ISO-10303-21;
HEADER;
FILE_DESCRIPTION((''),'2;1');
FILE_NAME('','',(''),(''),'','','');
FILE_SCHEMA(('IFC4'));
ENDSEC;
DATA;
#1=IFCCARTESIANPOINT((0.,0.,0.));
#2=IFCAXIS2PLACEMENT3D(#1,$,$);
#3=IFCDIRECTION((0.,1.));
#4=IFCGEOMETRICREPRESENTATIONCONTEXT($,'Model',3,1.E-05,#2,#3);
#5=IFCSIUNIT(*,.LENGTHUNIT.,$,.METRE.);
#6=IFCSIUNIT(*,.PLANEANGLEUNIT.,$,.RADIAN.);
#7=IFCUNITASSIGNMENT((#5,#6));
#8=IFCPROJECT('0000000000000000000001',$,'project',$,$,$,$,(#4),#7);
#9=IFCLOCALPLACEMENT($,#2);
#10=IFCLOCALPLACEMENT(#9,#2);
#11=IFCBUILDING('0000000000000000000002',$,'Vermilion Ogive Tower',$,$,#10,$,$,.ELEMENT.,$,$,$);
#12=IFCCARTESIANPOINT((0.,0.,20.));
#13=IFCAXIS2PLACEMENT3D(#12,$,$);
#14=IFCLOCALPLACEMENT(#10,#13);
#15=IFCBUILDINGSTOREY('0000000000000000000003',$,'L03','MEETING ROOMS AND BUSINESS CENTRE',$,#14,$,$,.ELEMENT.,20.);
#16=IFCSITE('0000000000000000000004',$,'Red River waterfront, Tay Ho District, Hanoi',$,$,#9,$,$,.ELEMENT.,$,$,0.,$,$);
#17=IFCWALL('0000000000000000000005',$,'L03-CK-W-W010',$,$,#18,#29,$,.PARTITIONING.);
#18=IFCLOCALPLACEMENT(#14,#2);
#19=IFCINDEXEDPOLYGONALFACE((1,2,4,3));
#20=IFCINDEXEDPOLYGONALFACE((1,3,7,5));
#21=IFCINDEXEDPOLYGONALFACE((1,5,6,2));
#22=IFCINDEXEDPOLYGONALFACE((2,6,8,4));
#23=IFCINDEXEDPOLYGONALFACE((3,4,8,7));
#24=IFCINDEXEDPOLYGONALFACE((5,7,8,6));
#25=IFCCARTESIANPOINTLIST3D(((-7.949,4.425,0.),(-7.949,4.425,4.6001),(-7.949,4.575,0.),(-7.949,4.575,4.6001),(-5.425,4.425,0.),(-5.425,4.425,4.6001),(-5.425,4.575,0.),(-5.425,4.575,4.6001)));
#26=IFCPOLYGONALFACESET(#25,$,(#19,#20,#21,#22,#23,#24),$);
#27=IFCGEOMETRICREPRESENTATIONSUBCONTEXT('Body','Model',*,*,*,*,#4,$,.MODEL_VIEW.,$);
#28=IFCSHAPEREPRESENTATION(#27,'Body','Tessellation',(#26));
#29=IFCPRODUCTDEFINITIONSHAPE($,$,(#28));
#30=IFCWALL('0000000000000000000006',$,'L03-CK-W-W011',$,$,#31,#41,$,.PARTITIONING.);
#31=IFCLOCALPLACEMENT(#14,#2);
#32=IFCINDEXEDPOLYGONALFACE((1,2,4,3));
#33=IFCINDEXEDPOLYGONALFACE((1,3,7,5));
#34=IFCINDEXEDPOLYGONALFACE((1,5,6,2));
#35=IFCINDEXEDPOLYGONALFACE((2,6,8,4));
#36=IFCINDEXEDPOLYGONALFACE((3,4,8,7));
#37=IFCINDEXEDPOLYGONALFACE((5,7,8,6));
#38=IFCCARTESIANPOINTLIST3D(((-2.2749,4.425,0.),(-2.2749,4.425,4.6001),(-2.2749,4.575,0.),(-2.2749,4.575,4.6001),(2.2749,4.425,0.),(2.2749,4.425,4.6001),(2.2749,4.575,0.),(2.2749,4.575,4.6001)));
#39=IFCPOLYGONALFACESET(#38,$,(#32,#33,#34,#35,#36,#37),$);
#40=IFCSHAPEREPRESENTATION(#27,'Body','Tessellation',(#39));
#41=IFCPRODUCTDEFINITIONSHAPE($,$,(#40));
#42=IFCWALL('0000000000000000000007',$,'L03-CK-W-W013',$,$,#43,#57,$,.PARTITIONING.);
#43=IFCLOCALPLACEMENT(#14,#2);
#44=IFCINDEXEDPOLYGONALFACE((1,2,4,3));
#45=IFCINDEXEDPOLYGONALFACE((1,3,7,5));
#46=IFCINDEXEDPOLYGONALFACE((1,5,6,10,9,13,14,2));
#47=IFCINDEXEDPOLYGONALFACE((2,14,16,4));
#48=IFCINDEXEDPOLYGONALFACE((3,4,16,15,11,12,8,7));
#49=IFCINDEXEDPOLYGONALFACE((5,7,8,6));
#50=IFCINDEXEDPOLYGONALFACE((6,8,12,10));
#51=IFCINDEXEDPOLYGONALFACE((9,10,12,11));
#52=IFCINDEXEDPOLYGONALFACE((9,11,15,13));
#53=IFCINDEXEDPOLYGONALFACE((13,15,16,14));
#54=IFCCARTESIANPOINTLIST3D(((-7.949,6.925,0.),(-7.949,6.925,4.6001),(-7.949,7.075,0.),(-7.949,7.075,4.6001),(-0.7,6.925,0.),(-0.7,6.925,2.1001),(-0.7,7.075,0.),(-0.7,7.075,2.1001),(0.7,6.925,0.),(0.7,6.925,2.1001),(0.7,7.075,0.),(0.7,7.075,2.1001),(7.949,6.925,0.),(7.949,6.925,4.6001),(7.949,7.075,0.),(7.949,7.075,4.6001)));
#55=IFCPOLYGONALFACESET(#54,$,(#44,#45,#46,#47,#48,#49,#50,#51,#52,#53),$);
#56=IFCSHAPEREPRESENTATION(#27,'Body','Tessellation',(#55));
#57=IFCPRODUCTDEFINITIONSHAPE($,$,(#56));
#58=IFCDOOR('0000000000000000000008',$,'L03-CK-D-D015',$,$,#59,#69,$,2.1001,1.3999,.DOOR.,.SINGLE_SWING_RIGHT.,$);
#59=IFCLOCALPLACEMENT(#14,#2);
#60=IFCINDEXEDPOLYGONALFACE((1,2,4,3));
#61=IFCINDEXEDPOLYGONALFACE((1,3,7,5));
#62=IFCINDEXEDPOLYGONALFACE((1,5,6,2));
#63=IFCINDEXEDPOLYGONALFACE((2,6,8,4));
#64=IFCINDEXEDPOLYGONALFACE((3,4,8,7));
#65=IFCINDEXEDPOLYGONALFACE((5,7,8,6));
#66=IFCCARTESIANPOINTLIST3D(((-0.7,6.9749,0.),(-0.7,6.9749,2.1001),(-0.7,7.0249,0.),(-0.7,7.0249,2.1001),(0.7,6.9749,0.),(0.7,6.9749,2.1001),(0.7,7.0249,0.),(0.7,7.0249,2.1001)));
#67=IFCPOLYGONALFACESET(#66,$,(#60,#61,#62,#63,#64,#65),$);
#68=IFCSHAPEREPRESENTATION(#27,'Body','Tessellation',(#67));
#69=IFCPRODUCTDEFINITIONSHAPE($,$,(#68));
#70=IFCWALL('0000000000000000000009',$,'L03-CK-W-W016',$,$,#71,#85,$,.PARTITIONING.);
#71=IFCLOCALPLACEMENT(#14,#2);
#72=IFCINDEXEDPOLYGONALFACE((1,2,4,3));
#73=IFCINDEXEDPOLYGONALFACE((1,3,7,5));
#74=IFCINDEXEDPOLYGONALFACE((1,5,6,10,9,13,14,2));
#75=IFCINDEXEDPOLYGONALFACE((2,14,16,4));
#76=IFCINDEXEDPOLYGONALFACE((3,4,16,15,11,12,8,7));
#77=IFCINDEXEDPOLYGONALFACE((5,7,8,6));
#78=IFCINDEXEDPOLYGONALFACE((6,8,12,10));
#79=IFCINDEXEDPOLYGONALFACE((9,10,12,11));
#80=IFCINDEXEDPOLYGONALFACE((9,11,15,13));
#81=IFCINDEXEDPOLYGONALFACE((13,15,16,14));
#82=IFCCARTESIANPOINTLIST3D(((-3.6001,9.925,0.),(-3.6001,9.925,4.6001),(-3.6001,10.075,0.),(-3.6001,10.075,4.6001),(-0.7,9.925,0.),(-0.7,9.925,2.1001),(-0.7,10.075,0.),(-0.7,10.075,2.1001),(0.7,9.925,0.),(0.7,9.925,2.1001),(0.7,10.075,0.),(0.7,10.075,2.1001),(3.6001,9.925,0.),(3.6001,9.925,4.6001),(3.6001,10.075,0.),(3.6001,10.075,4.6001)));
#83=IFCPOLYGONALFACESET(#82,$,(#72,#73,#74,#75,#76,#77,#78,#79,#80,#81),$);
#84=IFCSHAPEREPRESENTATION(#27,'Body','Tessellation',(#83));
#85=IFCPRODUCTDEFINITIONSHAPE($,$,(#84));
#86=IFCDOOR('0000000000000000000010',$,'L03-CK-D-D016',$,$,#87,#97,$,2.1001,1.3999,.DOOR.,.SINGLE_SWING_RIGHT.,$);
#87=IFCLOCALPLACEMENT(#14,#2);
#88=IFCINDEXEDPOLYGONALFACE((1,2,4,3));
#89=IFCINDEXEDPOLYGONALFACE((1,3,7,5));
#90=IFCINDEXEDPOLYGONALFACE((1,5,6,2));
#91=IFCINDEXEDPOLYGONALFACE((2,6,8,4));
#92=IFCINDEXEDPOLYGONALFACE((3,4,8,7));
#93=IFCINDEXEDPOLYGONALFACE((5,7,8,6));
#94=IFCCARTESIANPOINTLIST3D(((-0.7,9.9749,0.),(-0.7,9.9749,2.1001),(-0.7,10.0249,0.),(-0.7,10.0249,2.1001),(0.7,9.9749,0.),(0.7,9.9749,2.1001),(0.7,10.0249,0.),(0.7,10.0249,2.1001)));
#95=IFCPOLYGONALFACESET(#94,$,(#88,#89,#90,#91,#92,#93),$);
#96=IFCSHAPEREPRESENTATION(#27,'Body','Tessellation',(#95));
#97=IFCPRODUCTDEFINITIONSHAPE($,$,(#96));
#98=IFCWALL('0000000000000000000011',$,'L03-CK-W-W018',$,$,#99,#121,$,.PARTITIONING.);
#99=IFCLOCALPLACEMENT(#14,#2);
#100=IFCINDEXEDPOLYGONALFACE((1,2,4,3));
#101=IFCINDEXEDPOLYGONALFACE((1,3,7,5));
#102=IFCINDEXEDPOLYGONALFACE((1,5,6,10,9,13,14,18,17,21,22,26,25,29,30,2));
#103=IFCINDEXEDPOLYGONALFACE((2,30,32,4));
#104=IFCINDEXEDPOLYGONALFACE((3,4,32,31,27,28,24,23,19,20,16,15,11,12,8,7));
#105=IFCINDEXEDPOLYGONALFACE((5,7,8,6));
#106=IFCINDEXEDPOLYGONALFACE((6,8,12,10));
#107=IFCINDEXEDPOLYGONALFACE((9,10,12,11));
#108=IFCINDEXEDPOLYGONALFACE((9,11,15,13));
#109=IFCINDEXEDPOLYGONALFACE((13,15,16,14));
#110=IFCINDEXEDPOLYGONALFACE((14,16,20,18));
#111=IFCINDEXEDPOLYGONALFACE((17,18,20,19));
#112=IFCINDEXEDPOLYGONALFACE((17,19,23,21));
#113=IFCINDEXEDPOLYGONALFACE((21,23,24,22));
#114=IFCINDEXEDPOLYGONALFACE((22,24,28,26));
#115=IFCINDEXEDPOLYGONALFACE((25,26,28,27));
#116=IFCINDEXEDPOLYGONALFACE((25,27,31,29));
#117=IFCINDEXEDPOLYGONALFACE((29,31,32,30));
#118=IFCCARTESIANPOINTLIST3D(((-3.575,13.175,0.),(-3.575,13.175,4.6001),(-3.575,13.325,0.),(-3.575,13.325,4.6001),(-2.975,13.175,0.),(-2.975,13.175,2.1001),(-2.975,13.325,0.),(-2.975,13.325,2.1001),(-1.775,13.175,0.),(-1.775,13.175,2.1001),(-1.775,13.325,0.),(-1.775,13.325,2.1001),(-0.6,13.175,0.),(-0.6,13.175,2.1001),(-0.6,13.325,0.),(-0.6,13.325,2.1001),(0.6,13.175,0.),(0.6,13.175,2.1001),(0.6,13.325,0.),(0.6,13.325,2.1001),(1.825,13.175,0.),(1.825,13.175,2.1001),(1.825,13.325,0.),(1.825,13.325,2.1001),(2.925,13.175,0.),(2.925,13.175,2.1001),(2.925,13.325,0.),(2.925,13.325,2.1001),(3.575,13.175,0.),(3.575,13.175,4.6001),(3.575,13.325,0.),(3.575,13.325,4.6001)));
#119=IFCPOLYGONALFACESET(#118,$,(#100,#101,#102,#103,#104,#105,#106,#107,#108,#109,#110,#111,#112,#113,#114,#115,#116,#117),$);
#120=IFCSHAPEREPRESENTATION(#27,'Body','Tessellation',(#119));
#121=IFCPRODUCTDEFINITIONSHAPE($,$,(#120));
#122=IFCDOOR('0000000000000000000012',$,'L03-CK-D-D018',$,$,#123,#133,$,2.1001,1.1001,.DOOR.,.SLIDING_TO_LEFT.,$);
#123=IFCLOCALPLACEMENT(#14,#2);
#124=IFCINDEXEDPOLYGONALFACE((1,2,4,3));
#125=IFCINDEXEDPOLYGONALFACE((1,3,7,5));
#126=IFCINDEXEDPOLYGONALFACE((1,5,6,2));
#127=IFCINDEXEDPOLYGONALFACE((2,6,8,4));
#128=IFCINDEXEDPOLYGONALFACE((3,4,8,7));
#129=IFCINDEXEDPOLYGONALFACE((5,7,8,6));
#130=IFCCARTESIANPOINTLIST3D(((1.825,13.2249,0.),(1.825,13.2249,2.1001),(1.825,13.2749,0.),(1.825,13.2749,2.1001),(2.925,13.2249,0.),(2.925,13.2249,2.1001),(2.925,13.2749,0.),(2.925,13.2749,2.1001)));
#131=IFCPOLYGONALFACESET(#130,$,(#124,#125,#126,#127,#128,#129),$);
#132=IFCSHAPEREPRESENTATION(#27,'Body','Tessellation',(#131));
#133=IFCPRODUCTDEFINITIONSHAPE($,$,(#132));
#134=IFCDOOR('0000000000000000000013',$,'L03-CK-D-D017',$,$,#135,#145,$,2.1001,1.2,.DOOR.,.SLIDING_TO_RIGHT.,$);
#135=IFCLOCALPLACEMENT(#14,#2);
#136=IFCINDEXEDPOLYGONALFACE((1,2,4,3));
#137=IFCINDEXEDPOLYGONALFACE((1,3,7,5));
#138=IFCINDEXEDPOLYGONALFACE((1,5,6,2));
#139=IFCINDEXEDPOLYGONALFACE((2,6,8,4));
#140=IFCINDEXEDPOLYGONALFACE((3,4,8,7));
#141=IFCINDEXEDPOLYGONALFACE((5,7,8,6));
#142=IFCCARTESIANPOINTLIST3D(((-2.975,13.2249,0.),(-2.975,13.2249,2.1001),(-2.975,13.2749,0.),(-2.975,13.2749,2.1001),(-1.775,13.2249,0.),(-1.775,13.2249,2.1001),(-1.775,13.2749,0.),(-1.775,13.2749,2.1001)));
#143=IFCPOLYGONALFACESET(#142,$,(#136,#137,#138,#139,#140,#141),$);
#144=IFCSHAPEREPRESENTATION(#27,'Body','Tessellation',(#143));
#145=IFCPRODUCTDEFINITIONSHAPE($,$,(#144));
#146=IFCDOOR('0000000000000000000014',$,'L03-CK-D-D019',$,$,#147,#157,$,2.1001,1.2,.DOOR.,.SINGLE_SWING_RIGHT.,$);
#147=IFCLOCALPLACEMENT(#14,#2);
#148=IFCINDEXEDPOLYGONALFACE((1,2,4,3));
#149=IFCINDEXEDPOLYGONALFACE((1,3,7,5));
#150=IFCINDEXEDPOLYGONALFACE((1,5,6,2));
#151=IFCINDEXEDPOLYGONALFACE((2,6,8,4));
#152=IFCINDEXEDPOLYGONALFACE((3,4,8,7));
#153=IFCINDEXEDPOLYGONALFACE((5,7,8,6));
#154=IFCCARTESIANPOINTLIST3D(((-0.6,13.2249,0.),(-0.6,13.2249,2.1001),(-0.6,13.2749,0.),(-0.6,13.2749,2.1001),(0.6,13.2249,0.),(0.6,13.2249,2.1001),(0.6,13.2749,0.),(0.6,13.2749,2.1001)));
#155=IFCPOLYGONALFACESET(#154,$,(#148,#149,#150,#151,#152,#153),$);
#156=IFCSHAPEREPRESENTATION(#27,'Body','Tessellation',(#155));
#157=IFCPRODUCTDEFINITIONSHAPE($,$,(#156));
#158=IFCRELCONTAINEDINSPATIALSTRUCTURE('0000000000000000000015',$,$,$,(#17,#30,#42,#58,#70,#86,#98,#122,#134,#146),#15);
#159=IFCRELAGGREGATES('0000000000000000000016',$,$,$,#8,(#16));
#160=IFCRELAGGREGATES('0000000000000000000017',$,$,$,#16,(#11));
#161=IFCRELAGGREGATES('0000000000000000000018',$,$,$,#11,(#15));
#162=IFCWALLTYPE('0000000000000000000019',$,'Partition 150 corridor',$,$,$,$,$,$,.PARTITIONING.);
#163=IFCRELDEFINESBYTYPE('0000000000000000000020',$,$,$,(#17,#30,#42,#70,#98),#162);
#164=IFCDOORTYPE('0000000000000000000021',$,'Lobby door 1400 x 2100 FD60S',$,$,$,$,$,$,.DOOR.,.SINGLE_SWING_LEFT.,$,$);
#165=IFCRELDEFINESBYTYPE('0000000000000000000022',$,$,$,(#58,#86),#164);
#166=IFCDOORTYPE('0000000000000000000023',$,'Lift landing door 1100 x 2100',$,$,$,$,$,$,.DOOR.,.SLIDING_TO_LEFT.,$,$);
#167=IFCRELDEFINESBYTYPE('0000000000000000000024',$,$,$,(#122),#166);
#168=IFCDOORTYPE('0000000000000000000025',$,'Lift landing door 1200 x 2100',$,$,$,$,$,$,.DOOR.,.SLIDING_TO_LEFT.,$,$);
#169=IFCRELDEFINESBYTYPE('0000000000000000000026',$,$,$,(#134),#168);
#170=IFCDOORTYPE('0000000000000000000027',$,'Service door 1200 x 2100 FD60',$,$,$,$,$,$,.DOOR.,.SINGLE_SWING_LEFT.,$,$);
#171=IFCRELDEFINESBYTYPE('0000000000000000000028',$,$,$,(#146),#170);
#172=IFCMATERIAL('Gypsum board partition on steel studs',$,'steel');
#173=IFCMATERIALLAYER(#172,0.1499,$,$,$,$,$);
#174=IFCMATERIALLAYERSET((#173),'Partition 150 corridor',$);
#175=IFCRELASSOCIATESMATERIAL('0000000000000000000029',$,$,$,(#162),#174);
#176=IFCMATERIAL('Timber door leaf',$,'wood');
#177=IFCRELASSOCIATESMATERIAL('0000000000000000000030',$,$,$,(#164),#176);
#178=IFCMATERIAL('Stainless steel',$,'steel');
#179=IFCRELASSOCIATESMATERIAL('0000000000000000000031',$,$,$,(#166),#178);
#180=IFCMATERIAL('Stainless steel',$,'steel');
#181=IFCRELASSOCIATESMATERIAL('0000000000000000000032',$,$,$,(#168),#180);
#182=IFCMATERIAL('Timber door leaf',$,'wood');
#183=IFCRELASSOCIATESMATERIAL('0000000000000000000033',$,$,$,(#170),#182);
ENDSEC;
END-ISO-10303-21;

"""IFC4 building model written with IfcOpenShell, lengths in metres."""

from ifc_helpers import new_model, si_unit, direction, frame, frame_2d, origin, place, context, subcontext, project, spatial, rectangle, extrude, material, layer, layer_set, type_object, element, fill, save


model = new_model("IFC4")

# Units and contexts
model_context = context("Model", 3, precision=1e-05, world=origin(), true_north=direction((0.0, 1.0)))
body_context = subcontext(model_context, "Body", "Model", "MODEL_VIEW")
ifc_project = project(units=[si_unit("LENGTHUNIT", "METRE"), si_unit("PLANEANGLEUNIT", "RADIAN")], contexts=[model_context])

# Site, building, storey
site_placement = place(None, origin())
site = spatial("IfcSite", under=ifc_project, at=site_placement, Name="Red River waterfront, Tay Ho District, Hanoi", CompositionType="ELEMENT", RefElevation=0.0)
building_placement = place(site_placement, origin())
building = spatial("IfcBuilding", under=site, at=building_placement, Name="Vermilion Ogive Tower", CompositionType="ELEMENT")
storey_placement = place(building_placement, frame((0.0, 0.0, 20.0)))
storey = spatial("IfcBuildingStorey", under=building, at=storey_placement, Name="L03", Description="MEETING ROOMS AND BUSINESS CENTRE", CompositionType="ELEMENT", Elevation=20.0)

# Walls
ifc_material_1 = material(Name="Gypsum board partition on steel studs", Category="steel")
ifc_layer_1 = layer(ifc_material_1, 0.1499)
ifc_layer_set_1 = layer_set([ifc_layer_1], Name="Partition 150 corridor")
wall_type_1 = type_object("IfcWallType", Name="Partition 150 corridor", PredefinedType="PARTITIONING", material=ifc_layer_set_1)
wall_1_placement = place(storey_placement, frame((-7.949, 4.5, 0.0), z_axis=(0.0, 0.0, 1.0), x_axis=(1.0, 0.0, 0.0)))
element("IfcWall", 1, at=wall_1_placement, inside=storey, type_object=wall_type_1, Name="L03-CK-W-W010", PredefinedType="PARTITIONING", context=body_context, shape_type="SweptSolid", body=[
    extrude(rectangle(XDim=2.5239, YDim=0.1499, at=frame_2d((1.262, 0.0))), origin(), (0.0, 0.0, 1.0), 4.6001),
])
wall_2_placement = place(storey_placement, frame((-2.2749, 4.5, 0.0), z_axis=(0.0, 0.0, 1.0), x_axis=(1.0, 0.0, 0.0)))
element("IfcWall", 2, at=wall_2_placement, inside=storey, type_object=wall_type_1, Name="L03-CK-W-W011", PredefinedType="PARTITIONING", context=body_context, shape_type="SweptSolid", body=[
    extrude(rectangle(XDim=4.5498, YDim=0.1499, at=frame_2d((2.2749, 0.0))), origin(), (0.0, 0.0, 1.0), 4.6001),
])

# Walls, openings, doors
wall_3_placement = place(storey_placement, frame((-7.949, 7.0, 0.0), z_axis=(0.0, 0.0, 1.0), x_axis=(1.0, 0.0, 0.0)))
wall_3 = element("IfcWall", 3, at=wall_3_placement, inside=storey, type_object=wall_type_1, Name="L03-CK-W-W013", PredefinedType="PARTITIONING", context=body_context, shape_type="SweptSolid", body=[
    extrude(rectangle(XDim=15.8979, YDim=0.1499, at=frame_2d((7.949, 0.0))), origin(), (0.0, 0.0, 1.0), 4.6001),
])
opening_1_placement = place(wall_3_placement, frame((7.249, 0.0, 0.0)))
opening_1 = element("IfcOpeningElement", 4, at=opening_1_placement, cuts=wall_3, PredefinedType="OPENING", context=body_context, shape_type="SweptSolid", body=[
    extrude(rectangle(XDim=1.3999, YDim=2.1001, at=frame_2d((0.7, 1.05))), frame((0.0, 0.085, 0.0), z_axis=(0.0, -1.0, 0.0), x_axis=(1.0, 0.0, 0.0)), (0.0, 0.0, 1.0), 0.1699),
])
ifc_material_2 = material(Name="Timber door leaf", Category="wood")
door_type_1 = type_object("IfcDoorType", Name="Lobby door 1400 x 2100 FD60S", OperationType="SINGLE_SWING_LEFT", PredefinedType="DOOR", material=ifc_material_2)
door_1_placement = place(opening_1_placement, origin())
door_1 = element("IfcDoor", 5, at=door_1_placement, inside=storey, type_object=door_type_1, Name="L03-CK-D-D015", OperationType="SINGLE_SWING_RIGHT", OverallHeight=2.1001, OverallWidth=1.3999, PredefinedType="DOOR", context=body_context, shape_type="SweptSolid", body=[
    extrude(rectangle(XDim=1.3999, YDim=2.1001, at=frame_2d((0.7, 1.05))), frame((0.0, 0.0249, 0.0), z_axis=(0.0, -1.0, 0.0), x_axis=(1.0, 0.0, 0.0)), (0.0, 0.0, 1.0), 0.05),
])
fill(opening_1, door_1)
wall_4_placement = place(storey_placement, frame((-3.6001, 10.0, 0.0), z_axis=(0.0, 0.0, 1.0), x_axis=(1.0, 0.0, 0.0)))
wall_4 = element("IfcWall", 6, at=wall_4_placement, inside=storey, type_object=wall_type_1, Name="L03-CK-W-W016", PredefinedType="PARTITIONING", context=body_context, shape_type="SweptSolid", body=[
    extrude(rectangle(XDim=7.2002, YDim=0.1499, at=frame_2d((3.6001, 0.0))), origin(), (0.0, 0.0, 1.0), 4.6001),
])
opening_2_placement = place(wall_4_placement, frame((2.9001, 0.0, 0.0)))
opening_2 = element("IfcOpeningElement", 7, at=opening_2_placement, cuts=wall_4, PredefinedType="OPENING", context=body_context, shape_type="SweptSolid", body=[
    extrude(rectangle(XDim=1.3999, YDim=2.1001, at=frame_2d((0.7, 1.05))), frame((0.0, 0.085, 0.0), z_axis=(0.0, -1.0, 0.0), x_axis=(1.0, 0.0, 0.0)), (0.0, 0.0, 1.0), 0.1699),
])
door_2_placement = place(opening_2_placement, origin())
door_2 = element("IfcDoor", 8, at=door_2_placement, inside=storey, type_object=door_type_1, Name="L03-CK-D-D016", OperationType="SINGLE_SWING_RIGHT", OverallHeight=2.1001, OverallWidth=1.3999, PredefinedType="DOOR", context=body_context, shape_type="SweptSolid", body=[
    extrude(rectangle(XDim=1.3999, YDim=2.1001, at=frame_2d((0.7, 1.05))), frame((0.0, 0.0249, 0.0), z_axis=(0.0, -1.0, 0.0), x_axis=(1.0, 0.0, 0.0)), (0.0, 0.0, 1.0), 0.05),
])
fill(opening_2, door_2)

# Wall, openings, doors
wall_5_placement = place(storey_placement, frame((-3.575, 13.25, 0.0), z_axis=(0.0, 0.0, 1.0), x_axis=(1.0, 0.0, 0.0)))
wall_5 = element("IfcWall", 9, at=wall_5_placement, inside=storey, type_object=wall_type_1, Name="L03-CK-W-W018", PredefinedType="PARTITIONING", context=body_context, shape_type="SweptSolid", body=[
    extrude(rectangle(XDim=7.1499, YDim=0.1499, at=frame_2d((3.575, 0.0))), origin(), (0.0, 0.0, 1.0), 4.6001),
])
opening_3_placement = place(wall_5_placement, frame((0.5999, 0.0, 0.0)))
opening_3 = element("IfcOpeningElement", 10, at=opening_3_placement, cuts=wall_5, PredefinedType="OPENING", context=body_context, shape_type="SweptSolid", body=[
    extrude(rectangle(XDim=1.2, YDim=2.1001, at=frame_2d((0.6001, 1.05))), frame((0.0, 0.085, 0.0), z_axis=(0.0, -1.0, 0.0), x_axis=(1.0, 0.0, 0.0)), (0.0, 0.0, 1.0), 0.1699),
])
opening_4_placement = place(wall_5_placement, frame((5.3999, 0.0, 0.0)))
opening_4 = element("IfcOpeningElement", 11, at=opening_4_placement, cuts=wall_5, PredefinedType="OPENING", context=body_context, shape_type="SweptSolid", body=[
    extrude(rectangle(XDim=1.1001, YDim=2.1001, at=frame_2d((0.55, 1.05))), frame((0.0, 0.085, 0.0), z_axis=(0.0, -1.0, 0.0), x_axis=(1.0, 0.0, 0.0)), (0.0, 0.0, 1.0), 0.1699),
])
opening_5_placement = place(wall_5_placement, frame((2.9749, 0.0, 0.0)))
opening_5 = element("IfcOpeningElement", 12, at=opening_5_placement, cuts=wall_5, PredefinedType="OPENING", context=body_context, shape_type="SweptSolid", body=[
    extrude(rectangle(XDim=1.2, YDim=2.1001, at=frame_2d((0.6001, 1.05))), frame((0.0, 0.085, 0.0), z_axis=(0.0, -1.0, 0.0), x_axis=(1.0, 0.0, 0.0)), (0.0, 0.0, 1.0), 0.1699),
])
ifc_material_3 = material(Name="Stainless steel", Category="steel")
door_type_2 = type_object("IfcDoorType", Name="Lift landing door 1100 x 2100", OperationType="SLIDING_TO_LEFT", PredefinedType="DOOR", material=ifc_material_3)
door_3_placement = place(opening_4_placement, origin())
door_3 = element("IfcDoor", 13, at=door_3_placement, inside=storey, type_object=door_type_2, Name="L03-CK-D-D018", OperationType="SLIDING_TO_LEFT", OverallHeight=2.1001, OverallWidth=1.1001, PredefinedType="DOOR", context=body_context, shape_type="SweptSolid", body=[
    extrude(rectangle(XDim=1.1001, YDim=2.1001, at=frame_2d((0.55, 1.05))), frame((0.0, 0.0249, 0.0), z_axis=(0.0, -1.0, 0.0), x_axis=(1.0, 0.0, 0.0)), (0.0, 0.0, 1.0), 0.05),
])
fill(opening_4, door_3)
ifc_material_4 = material(Name="Stainless steel", Category="steel")
door_type_3 = type_object("IfcDoorType", Name="Lift landing door 1200 x 2100", OperationType="SLIDING_TO_LEFT", PredefinedType="DOOR", material=ifc_material_4)
door_4_placement = place(opening_3_placement, origin())
door_4 = element("IfcDoor", 14, at=door_4_placement, inside=storey, type_object=door_type_3, Name="L03-CK-D-D017", OperationType="SLIDING_TO_RIGHT", OverallHeight=2.1001, OverallWidth=1.2, PredefinedType="DOOR", context=body_context, shape_type="SweptSolid", body=[
    extrude(rectangle(XDim=1.2, YDim=2.1001, at=frame_2d((0.6001, 1.05))), frame((0.0, 0.0249, 0.0), z_axis=(0.0, -1.0, 0.0), x_axis=(1.0, 0.0, 0.0)), (0.0, 0.0, 1.0), 0.05),
])
fill(opening_3, door_4)
ifc_material_5 = material(Name="Timber door leaf", Category="wood")
door_type_4 = type_object("IfcDoorType", Name="Service door 1200 x 2100 FD60", OperationType="SINGLE_SWING_LEFT", PredefinedType="DOOR", material=ifc_material_5)
door_5_placement = place(opening_5_placement, origin())
door_5 = element("IfcDoor", 15, at=door_5_placement, inside=storey, type_object=door_type_4, Name="L03-CK-D-D019", OperationType="SINGLE_SWING_RIGHT", OverallHeight=2.1001, OverallWidth=1.2, PredefinedType="DOOR", context=body_context, shape_type="SweptSolid", body=[
    extrude(rectangle(XDim=1.2, YDim=2.1001, at=frame_2d((0.6001, 1.05))), frame((0.0, 0.0249, 0.0), z_axis=(0.0, -1.0, 0.0), x_axis=(1.0, 0.0, 0.0)), (0.0, 0.0, 1.0), 0.05),
])
fill(opening_5, door_5)

save(model, "model.ifc")
